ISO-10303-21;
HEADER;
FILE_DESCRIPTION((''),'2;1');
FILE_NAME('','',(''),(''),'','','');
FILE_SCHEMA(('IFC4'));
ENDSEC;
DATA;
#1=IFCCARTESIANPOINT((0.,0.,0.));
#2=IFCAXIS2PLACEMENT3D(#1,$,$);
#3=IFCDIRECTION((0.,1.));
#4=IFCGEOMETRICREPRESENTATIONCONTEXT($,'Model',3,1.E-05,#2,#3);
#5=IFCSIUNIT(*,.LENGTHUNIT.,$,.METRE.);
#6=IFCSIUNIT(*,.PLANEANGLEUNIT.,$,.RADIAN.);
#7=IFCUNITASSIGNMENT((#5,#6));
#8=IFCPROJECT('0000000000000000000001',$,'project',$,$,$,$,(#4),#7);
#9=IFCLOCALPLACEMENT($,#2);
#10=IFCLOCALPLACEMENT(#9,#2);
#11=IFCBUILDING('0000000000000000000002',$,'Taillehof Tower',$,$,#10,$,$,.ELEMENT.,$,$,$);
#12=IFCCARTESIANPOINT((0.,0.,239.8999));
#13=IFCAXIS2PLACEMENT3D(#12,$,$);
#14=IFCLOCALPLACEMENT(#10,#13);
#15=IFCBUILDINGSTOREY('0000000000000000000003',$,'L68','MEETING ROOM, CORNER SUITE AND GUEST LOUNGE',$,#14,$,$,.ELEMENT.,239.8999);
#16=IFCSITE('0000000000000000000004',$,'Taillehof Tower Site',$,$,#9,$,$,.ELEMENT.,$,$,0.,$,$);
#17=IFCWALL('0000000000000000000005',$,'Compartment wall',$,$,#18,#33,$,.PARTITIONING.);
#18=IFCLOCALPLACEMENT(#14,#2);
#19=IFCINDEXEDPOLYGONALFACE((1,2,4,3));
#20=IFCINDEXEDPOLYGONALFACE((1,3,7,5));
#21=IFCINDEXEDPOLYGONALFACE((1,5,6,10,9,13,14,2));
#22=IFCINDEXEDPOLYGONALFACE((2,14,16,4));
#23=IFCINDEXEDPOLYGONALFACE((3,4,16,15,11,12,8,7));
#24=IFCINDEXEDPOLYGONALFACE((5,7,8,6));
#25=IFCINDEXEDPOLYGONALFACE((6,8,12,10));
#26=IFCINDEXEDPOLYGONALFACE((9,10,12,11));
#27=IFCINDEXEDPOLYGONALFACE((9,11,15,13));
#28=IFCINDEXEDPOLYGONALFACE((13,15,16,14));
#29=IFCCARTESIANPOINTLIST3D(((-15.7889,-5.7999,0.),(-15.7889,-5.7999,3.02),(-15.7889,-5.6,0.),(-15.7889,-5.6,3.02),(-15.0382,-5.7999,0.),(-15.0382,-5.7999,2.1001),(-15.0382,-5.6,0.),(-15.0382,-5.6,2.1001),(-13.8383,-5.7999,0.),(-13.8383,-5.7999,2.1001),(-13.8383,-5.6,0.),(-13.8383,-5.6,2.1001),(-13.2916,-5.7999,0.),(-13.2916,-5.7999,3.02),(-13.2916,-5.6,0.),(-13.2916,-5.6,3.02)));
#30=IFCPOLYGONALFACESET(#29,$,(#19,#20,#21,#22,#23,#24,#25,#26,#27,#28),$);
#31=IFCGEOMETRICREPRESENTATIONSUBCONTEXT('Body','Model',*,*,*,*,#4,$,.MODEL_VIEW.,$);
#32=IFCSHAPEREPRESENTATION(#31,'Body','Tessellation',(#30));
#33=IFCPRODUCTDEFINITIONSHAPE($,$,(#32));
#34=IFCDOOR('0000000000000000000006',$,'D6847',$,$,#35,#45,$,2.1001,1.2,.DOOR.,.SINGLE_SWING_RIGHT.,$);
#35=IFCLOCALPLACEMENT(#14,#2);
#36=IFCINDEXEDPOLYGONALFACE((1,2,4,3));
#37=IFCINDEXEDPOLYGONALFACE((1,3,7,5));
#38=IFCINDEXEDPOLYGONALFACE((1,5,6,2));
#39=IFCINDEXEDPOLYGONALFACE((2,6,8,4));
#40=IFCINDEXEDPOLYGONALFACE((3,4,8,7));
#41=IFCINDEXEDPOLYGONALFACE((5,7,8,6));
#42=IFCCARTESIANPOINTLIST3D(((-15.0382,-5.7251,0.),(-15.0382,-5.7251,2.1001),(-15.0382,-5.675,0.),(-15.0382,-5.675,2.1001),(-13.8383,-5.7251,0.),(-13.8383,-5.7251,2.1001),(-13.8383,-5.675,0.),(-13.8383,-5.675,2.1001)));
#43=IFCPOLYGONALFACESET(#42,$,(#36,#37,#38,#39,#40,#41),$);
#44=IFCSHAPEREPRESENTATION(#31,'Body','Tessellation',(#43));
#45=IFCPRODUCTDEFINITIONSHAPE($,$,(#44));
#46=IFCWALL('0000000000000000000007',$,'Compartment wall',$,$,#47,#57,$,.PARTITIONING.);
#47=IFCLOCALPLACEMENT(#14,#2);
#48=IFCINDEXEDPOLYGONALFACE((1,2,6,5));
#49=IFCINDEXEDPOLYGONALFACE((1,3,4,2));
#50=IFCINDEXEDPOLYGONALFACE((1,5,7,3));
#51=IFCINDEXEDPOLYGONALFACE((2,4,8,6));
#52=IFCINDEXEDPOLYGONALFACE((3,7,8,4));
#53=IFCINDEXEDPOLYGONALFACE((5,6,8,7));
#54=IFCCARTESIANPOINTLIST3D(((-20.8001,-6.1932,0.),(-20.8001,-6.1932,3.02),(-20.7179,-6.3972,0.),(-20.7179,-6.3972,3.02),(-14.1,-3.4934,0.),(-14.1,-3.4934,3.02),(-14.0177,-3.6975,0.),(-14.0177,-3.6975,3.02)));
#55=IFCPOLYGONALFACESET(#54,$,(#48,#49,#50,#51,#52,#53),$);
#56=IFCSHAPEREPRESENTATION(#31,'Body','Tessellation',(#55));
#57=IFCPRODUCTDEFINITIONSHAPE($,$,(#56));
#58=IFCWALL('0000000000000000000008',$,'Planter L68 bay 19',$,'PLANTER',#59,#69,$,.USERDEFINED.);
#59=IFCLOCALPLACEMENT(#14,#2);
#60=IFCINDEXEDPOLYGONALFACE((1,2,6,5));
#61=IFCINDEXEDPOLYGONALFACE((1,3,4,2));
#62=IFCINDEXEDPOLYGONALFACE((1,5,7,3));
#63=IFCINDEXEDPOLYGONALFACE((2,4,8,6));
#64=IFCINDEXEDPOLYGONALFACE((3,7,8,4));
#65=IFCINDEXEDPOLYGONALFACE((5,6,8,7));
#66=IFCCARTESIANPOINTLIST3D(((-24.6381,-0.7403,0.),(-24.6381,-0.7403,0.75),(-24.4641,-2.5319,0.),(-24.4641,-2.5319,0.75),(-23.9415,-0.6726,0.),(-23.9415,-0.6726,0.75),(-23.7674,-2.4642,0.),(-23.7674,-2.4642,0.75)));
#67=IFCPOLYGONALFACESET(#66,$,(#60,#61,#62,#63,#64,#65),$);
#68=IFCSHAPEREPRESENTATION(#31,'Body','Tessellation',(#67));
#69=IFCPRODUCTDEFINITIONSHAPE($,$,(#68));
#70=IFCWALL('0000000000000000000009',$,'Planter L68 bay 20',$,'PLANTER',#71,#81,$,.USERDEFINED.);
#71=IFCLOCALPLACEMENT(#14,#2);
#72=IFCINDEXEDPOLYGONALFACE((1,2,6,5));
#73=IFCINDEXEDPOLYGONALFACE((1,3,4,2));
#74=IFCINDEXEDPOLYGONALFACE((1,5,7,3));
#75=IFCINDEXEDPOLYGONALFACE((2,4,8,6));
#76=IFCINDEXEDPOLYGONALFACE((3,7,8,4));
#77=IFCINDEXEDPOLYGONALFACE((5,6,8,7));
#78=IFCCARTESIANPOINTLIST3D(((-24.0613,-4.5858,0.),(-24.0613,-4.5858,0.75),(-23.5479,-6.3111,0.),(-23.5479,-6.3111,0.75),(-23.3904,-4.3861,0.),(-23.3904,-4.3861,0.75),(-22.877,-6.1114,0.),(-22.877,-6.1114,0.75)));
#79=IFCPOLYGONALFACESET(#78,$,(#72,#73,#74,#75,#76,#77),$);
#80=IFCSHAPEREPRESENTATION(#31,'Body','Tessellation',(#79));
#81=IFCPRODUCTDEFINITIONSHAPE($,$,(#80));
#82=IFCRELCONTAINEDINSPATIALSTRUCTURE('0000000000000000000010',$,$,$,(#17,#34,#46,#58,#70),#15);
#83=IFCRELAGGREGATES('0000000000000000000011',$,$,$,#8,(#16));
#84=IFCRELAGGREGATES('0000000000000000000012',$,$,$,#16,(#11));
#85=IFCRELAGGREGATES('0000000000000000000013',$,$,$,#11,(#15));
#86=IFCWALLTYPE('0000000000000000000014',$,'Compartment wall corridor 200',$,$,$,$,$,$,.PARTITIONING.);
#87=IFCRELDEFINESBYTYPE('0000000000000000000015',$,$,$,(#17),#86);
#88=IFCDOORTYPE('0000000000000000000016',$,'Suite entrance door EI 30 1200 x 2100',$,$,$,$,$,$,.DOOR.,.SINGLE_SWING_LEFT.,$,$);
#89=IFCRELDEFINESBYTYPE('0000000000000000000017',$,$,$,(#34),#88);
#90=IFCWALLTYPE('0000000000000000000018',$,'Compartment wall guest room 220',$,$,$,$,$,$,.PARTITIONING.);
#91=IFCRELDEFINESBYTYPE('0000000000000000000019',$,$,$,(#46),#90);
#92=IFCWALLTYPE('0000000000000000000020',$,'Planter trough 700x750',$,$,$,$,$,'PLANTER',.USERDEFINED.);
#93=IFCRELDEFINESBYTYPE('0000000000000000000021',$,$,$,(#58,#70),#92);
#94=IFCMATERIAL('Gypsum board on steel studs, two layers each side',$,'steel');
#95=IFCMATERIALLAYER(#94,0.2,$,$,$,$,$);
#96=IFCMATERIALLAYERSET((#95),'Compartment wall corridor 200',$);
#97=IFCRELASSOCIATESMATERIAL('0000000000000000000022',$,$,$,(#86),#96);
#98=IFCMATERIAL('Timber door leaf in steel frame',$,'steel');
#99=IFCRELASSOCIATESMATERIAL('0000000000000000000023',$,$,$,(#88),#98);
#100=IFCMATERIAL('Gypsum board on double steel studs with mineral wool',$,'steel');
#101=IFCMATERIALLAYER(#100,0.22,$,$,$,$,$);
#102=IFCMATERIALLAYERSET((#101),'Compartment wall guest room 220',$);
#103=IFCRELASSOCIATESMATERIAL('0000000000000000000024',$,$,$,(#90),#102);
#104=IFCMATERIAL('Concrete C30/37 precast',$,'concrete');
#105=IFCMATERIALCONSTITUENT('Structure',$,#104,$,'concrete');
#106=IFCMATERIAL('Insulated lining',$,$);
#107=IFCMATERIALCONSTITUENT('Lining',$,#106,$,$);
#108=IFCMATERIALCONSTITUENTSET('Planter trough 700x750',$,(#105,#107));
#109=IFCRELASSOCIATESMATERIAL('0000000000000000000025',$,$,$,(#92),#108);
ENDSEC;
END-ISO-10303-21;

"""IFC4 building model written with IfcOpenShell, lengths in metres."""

from ifc_helpers import new_model, si_unit, direction, frame, frame_2d, origin, place, context, subcontext, project, spatial, rectangle, extrude, material, layer, layer_set, constituent, constituent_set, type_object, element, fill, save


model = new_model("IFC4")

# Units and contexts
model_context = context("Model", 3, precision=1e-05, world=origin(), true_north=direction((0.0, 1.0)))
body_context = subcontext(model_context, "Body", "Model", "MODEL_VIEW")
ifc_project = project(units=[si_unit("LENGTHUNIT", "METRE"), si_unit("PLANEANGLEUNIT", "RADIAN")], contexts=[model_context])

# Site, building, storey
site_placement = place(None, origin())
site = spatial("IfcSite", under=ifc_project, at=site_placement, Name="Taillehof Tower Site", CompositionType="ELEMENT", RefElevation=0.0)
building_placement = place(site_placement, origin())
building = spatial("IfcBuilding", under=site, at=building_placement, Name="Taillehof Tower", CompositionType="ELEMENT")
storey_placement = place(building_placement, frame((0.0, 0.0, 239.8999)))
storey = spatial("IfcBuildingStorey", under=building, at=storey_placement, Name="L68", Description="MEETING ROOM, CORNER SUITE AND GUEST LOUNGE", CompositionType="ELEMENT", Elevation=239.8999)

# Wall, opening, door
ifc_material_1 = material(Name="Gypsum board on steel studs, two layers each side", Category="steel")
ifc_layer_1 = layer(ifc_material_1, 0.2)
ifc_layer_set_1 = layer_set([ifc_layer_1], Name="Compartment wall corridor 200")
wall_type_1 = type_object("IfcWallType", Name="Compartment wall corridor 200", PredefinedType="PARTITIONING", material=ifc_layer_set_1)
wall_1_placement = place(storey_placement, frame((-15.7888, -5.7, 0.0), z_axis=(0.0, 0.0, 1.0), x_axis=(1.0, 0.0, 0.0)))
wall_1 = element("IfcWall", 1, at=wall_1_placement, inside=storey, type_object=wall_type_1, Name="Compartment wall", PredefinedType="PARTITIONING", context=body_context, shape_type="SweptSolid", body=[
    extrude(rectangle(XDim=2.4973, YDim=0.2, at=frame_2d((1.2485, 0.0))), origin(), (0.0, 0.0, 1.0), 3.02),
])
opening_1_placement = place(wall_1_placement, frame((0.7505, 0.0, 0.0)))
opening_1 = element("IfcOpeningElement", 2, at=opening_1_placement, cuts=wall_1, PredefinedType="OPENING", context=body_context, shape_type="SweptSolid", body=[
    extrude(rectangle(XDim=1.2, YDim=2.1001, at=frame_2d((0.6001, 1.05))), frame((0.0, 0.1099, 0.0), z_axis=(0.0, -1.0, 0.0), x_axis=(1.0, 0.0, 0.0)), (0.0, 0.0, 1.0), 0.22),
])
ifc_material_2 = material(Name="Timber door leaf in steel frame", Category="steel")
door_type_1 = type_object("IfcDoorType", Name="Suite entrance door EI 30 1200 x 2100", OperationType="SINGLE_SWING_LEFT", PredefinedType="DOOR", material=ifc_material_2)
door_1_placement = place(opening_1_placement, origin())
door_1 = element("IfcDoor", 3, at=door_1_placement, inside=storey, type_object=door_type_1, Name="D6847", OperationType="SINGLE_SWING_RIGHT", OverallHeight=2.1001, OverallWidth=1.2, PredefinedType="DOOR", context=body_context, shape_type="SweptSolid", body=[
    extrude(rectangle(XDim=1.2, YDim=2.1001, at=frame_2d((0.6001, 1.05))), frame((0.0, 0.0249, 0.0), z_axis=(0.0, -1.0, 0.0), x_axis=(1.0, 0.0, 0.0)), (0.0, 0.0, 1.0), 0.05),
])
fill(opening_1, door_1)

# Walls
ifc_material_3 = material(Name="Gypsum board on double steel studs with mineral wool", Category="steel")
ifc_layer_2 = layer(ifc_material_3, 0.22)
ifc_layer_set_2 = layer_set([ifc_layer_2], Name="Compartment wall guest room 220")
wall_type_2 = type_object("IfcWallType", Name="Compartment wall guest room 220", PredefinedType="PARTITIONING", material=ifc_layer_set_2)
wall_2_placement = place(storey_placement, frame((-20.759, -6.2952, 0.0), z_axis=(0.0, 0.0, 1.0), x_axis=(0.927537, 0.373732, 0.0)))
element("IfcWall", 4, at=wall_2_placement, inside=storey, type_object=wall_type_2, Name="Compartment wall", PredefinedType="PARTITIONING", context=body_context, shape_type="SweptSolid", body=[
    extrude(rectangle(XDim=7.2236, YDim=0.22, at=frame_2d((3.6118, 0.0))), origin(), (0.0, 0.0, 1.0), 3.02),
])
ifc_material_4 = material(Name="Concrete C30/37 precast", Category="concrete")
ifc_constituent_1 = constituent(ifc_material_4, Name="Structure", Category="concrete")
ifc_material_5 = material(Name="Insulated lining")
ifc_constituent_2 = constituent(ifc_material_5, Name="Lining")
ifc_constituent_set = constituent_set(constituents=[ifc_constituent_1, ifc_constituent_2], Name="Planter trough 700x750")
wall_type_3 = type_object("IfcWallType", Name="Planter trough 700x750", ElementType="PLANTER", PredefinedType="USERDEFINED", material=ifc_constituent_set)
for number, where, z_axis, x_axis, name in (
    (5, (-24.2898, -0.7065, 0.0), (0.0, 0.0, 1.0), (0.09671, -0.995313, 0.0), "Planter L68 bay 19"),
    (6, (-23.7258, -4.4861, 0.0), (0.0, 0.0, 1.0), (0.285219, -0.958462, 0.0), "Planter L68 bay 20"),
):
    element("IfcWall", number, at=place(storey_placement, frame(where, z_axis=z_axis, x_axis=x_axis)), inside=storey, type_object=wall_type_3, Name=name, ObjectType="PLANTER", PredefinedType="USERDEFINED", context=body_context, shape_type="SweptSolid", body=[
        extrude(rectangle(XDim=1.8, YDim=0.7, at=frame_2d((0.8999, 0.0))), origin(), (0.0, 0.0, 1.0), 0.75),
    ])

save(model, "model.ifc")
